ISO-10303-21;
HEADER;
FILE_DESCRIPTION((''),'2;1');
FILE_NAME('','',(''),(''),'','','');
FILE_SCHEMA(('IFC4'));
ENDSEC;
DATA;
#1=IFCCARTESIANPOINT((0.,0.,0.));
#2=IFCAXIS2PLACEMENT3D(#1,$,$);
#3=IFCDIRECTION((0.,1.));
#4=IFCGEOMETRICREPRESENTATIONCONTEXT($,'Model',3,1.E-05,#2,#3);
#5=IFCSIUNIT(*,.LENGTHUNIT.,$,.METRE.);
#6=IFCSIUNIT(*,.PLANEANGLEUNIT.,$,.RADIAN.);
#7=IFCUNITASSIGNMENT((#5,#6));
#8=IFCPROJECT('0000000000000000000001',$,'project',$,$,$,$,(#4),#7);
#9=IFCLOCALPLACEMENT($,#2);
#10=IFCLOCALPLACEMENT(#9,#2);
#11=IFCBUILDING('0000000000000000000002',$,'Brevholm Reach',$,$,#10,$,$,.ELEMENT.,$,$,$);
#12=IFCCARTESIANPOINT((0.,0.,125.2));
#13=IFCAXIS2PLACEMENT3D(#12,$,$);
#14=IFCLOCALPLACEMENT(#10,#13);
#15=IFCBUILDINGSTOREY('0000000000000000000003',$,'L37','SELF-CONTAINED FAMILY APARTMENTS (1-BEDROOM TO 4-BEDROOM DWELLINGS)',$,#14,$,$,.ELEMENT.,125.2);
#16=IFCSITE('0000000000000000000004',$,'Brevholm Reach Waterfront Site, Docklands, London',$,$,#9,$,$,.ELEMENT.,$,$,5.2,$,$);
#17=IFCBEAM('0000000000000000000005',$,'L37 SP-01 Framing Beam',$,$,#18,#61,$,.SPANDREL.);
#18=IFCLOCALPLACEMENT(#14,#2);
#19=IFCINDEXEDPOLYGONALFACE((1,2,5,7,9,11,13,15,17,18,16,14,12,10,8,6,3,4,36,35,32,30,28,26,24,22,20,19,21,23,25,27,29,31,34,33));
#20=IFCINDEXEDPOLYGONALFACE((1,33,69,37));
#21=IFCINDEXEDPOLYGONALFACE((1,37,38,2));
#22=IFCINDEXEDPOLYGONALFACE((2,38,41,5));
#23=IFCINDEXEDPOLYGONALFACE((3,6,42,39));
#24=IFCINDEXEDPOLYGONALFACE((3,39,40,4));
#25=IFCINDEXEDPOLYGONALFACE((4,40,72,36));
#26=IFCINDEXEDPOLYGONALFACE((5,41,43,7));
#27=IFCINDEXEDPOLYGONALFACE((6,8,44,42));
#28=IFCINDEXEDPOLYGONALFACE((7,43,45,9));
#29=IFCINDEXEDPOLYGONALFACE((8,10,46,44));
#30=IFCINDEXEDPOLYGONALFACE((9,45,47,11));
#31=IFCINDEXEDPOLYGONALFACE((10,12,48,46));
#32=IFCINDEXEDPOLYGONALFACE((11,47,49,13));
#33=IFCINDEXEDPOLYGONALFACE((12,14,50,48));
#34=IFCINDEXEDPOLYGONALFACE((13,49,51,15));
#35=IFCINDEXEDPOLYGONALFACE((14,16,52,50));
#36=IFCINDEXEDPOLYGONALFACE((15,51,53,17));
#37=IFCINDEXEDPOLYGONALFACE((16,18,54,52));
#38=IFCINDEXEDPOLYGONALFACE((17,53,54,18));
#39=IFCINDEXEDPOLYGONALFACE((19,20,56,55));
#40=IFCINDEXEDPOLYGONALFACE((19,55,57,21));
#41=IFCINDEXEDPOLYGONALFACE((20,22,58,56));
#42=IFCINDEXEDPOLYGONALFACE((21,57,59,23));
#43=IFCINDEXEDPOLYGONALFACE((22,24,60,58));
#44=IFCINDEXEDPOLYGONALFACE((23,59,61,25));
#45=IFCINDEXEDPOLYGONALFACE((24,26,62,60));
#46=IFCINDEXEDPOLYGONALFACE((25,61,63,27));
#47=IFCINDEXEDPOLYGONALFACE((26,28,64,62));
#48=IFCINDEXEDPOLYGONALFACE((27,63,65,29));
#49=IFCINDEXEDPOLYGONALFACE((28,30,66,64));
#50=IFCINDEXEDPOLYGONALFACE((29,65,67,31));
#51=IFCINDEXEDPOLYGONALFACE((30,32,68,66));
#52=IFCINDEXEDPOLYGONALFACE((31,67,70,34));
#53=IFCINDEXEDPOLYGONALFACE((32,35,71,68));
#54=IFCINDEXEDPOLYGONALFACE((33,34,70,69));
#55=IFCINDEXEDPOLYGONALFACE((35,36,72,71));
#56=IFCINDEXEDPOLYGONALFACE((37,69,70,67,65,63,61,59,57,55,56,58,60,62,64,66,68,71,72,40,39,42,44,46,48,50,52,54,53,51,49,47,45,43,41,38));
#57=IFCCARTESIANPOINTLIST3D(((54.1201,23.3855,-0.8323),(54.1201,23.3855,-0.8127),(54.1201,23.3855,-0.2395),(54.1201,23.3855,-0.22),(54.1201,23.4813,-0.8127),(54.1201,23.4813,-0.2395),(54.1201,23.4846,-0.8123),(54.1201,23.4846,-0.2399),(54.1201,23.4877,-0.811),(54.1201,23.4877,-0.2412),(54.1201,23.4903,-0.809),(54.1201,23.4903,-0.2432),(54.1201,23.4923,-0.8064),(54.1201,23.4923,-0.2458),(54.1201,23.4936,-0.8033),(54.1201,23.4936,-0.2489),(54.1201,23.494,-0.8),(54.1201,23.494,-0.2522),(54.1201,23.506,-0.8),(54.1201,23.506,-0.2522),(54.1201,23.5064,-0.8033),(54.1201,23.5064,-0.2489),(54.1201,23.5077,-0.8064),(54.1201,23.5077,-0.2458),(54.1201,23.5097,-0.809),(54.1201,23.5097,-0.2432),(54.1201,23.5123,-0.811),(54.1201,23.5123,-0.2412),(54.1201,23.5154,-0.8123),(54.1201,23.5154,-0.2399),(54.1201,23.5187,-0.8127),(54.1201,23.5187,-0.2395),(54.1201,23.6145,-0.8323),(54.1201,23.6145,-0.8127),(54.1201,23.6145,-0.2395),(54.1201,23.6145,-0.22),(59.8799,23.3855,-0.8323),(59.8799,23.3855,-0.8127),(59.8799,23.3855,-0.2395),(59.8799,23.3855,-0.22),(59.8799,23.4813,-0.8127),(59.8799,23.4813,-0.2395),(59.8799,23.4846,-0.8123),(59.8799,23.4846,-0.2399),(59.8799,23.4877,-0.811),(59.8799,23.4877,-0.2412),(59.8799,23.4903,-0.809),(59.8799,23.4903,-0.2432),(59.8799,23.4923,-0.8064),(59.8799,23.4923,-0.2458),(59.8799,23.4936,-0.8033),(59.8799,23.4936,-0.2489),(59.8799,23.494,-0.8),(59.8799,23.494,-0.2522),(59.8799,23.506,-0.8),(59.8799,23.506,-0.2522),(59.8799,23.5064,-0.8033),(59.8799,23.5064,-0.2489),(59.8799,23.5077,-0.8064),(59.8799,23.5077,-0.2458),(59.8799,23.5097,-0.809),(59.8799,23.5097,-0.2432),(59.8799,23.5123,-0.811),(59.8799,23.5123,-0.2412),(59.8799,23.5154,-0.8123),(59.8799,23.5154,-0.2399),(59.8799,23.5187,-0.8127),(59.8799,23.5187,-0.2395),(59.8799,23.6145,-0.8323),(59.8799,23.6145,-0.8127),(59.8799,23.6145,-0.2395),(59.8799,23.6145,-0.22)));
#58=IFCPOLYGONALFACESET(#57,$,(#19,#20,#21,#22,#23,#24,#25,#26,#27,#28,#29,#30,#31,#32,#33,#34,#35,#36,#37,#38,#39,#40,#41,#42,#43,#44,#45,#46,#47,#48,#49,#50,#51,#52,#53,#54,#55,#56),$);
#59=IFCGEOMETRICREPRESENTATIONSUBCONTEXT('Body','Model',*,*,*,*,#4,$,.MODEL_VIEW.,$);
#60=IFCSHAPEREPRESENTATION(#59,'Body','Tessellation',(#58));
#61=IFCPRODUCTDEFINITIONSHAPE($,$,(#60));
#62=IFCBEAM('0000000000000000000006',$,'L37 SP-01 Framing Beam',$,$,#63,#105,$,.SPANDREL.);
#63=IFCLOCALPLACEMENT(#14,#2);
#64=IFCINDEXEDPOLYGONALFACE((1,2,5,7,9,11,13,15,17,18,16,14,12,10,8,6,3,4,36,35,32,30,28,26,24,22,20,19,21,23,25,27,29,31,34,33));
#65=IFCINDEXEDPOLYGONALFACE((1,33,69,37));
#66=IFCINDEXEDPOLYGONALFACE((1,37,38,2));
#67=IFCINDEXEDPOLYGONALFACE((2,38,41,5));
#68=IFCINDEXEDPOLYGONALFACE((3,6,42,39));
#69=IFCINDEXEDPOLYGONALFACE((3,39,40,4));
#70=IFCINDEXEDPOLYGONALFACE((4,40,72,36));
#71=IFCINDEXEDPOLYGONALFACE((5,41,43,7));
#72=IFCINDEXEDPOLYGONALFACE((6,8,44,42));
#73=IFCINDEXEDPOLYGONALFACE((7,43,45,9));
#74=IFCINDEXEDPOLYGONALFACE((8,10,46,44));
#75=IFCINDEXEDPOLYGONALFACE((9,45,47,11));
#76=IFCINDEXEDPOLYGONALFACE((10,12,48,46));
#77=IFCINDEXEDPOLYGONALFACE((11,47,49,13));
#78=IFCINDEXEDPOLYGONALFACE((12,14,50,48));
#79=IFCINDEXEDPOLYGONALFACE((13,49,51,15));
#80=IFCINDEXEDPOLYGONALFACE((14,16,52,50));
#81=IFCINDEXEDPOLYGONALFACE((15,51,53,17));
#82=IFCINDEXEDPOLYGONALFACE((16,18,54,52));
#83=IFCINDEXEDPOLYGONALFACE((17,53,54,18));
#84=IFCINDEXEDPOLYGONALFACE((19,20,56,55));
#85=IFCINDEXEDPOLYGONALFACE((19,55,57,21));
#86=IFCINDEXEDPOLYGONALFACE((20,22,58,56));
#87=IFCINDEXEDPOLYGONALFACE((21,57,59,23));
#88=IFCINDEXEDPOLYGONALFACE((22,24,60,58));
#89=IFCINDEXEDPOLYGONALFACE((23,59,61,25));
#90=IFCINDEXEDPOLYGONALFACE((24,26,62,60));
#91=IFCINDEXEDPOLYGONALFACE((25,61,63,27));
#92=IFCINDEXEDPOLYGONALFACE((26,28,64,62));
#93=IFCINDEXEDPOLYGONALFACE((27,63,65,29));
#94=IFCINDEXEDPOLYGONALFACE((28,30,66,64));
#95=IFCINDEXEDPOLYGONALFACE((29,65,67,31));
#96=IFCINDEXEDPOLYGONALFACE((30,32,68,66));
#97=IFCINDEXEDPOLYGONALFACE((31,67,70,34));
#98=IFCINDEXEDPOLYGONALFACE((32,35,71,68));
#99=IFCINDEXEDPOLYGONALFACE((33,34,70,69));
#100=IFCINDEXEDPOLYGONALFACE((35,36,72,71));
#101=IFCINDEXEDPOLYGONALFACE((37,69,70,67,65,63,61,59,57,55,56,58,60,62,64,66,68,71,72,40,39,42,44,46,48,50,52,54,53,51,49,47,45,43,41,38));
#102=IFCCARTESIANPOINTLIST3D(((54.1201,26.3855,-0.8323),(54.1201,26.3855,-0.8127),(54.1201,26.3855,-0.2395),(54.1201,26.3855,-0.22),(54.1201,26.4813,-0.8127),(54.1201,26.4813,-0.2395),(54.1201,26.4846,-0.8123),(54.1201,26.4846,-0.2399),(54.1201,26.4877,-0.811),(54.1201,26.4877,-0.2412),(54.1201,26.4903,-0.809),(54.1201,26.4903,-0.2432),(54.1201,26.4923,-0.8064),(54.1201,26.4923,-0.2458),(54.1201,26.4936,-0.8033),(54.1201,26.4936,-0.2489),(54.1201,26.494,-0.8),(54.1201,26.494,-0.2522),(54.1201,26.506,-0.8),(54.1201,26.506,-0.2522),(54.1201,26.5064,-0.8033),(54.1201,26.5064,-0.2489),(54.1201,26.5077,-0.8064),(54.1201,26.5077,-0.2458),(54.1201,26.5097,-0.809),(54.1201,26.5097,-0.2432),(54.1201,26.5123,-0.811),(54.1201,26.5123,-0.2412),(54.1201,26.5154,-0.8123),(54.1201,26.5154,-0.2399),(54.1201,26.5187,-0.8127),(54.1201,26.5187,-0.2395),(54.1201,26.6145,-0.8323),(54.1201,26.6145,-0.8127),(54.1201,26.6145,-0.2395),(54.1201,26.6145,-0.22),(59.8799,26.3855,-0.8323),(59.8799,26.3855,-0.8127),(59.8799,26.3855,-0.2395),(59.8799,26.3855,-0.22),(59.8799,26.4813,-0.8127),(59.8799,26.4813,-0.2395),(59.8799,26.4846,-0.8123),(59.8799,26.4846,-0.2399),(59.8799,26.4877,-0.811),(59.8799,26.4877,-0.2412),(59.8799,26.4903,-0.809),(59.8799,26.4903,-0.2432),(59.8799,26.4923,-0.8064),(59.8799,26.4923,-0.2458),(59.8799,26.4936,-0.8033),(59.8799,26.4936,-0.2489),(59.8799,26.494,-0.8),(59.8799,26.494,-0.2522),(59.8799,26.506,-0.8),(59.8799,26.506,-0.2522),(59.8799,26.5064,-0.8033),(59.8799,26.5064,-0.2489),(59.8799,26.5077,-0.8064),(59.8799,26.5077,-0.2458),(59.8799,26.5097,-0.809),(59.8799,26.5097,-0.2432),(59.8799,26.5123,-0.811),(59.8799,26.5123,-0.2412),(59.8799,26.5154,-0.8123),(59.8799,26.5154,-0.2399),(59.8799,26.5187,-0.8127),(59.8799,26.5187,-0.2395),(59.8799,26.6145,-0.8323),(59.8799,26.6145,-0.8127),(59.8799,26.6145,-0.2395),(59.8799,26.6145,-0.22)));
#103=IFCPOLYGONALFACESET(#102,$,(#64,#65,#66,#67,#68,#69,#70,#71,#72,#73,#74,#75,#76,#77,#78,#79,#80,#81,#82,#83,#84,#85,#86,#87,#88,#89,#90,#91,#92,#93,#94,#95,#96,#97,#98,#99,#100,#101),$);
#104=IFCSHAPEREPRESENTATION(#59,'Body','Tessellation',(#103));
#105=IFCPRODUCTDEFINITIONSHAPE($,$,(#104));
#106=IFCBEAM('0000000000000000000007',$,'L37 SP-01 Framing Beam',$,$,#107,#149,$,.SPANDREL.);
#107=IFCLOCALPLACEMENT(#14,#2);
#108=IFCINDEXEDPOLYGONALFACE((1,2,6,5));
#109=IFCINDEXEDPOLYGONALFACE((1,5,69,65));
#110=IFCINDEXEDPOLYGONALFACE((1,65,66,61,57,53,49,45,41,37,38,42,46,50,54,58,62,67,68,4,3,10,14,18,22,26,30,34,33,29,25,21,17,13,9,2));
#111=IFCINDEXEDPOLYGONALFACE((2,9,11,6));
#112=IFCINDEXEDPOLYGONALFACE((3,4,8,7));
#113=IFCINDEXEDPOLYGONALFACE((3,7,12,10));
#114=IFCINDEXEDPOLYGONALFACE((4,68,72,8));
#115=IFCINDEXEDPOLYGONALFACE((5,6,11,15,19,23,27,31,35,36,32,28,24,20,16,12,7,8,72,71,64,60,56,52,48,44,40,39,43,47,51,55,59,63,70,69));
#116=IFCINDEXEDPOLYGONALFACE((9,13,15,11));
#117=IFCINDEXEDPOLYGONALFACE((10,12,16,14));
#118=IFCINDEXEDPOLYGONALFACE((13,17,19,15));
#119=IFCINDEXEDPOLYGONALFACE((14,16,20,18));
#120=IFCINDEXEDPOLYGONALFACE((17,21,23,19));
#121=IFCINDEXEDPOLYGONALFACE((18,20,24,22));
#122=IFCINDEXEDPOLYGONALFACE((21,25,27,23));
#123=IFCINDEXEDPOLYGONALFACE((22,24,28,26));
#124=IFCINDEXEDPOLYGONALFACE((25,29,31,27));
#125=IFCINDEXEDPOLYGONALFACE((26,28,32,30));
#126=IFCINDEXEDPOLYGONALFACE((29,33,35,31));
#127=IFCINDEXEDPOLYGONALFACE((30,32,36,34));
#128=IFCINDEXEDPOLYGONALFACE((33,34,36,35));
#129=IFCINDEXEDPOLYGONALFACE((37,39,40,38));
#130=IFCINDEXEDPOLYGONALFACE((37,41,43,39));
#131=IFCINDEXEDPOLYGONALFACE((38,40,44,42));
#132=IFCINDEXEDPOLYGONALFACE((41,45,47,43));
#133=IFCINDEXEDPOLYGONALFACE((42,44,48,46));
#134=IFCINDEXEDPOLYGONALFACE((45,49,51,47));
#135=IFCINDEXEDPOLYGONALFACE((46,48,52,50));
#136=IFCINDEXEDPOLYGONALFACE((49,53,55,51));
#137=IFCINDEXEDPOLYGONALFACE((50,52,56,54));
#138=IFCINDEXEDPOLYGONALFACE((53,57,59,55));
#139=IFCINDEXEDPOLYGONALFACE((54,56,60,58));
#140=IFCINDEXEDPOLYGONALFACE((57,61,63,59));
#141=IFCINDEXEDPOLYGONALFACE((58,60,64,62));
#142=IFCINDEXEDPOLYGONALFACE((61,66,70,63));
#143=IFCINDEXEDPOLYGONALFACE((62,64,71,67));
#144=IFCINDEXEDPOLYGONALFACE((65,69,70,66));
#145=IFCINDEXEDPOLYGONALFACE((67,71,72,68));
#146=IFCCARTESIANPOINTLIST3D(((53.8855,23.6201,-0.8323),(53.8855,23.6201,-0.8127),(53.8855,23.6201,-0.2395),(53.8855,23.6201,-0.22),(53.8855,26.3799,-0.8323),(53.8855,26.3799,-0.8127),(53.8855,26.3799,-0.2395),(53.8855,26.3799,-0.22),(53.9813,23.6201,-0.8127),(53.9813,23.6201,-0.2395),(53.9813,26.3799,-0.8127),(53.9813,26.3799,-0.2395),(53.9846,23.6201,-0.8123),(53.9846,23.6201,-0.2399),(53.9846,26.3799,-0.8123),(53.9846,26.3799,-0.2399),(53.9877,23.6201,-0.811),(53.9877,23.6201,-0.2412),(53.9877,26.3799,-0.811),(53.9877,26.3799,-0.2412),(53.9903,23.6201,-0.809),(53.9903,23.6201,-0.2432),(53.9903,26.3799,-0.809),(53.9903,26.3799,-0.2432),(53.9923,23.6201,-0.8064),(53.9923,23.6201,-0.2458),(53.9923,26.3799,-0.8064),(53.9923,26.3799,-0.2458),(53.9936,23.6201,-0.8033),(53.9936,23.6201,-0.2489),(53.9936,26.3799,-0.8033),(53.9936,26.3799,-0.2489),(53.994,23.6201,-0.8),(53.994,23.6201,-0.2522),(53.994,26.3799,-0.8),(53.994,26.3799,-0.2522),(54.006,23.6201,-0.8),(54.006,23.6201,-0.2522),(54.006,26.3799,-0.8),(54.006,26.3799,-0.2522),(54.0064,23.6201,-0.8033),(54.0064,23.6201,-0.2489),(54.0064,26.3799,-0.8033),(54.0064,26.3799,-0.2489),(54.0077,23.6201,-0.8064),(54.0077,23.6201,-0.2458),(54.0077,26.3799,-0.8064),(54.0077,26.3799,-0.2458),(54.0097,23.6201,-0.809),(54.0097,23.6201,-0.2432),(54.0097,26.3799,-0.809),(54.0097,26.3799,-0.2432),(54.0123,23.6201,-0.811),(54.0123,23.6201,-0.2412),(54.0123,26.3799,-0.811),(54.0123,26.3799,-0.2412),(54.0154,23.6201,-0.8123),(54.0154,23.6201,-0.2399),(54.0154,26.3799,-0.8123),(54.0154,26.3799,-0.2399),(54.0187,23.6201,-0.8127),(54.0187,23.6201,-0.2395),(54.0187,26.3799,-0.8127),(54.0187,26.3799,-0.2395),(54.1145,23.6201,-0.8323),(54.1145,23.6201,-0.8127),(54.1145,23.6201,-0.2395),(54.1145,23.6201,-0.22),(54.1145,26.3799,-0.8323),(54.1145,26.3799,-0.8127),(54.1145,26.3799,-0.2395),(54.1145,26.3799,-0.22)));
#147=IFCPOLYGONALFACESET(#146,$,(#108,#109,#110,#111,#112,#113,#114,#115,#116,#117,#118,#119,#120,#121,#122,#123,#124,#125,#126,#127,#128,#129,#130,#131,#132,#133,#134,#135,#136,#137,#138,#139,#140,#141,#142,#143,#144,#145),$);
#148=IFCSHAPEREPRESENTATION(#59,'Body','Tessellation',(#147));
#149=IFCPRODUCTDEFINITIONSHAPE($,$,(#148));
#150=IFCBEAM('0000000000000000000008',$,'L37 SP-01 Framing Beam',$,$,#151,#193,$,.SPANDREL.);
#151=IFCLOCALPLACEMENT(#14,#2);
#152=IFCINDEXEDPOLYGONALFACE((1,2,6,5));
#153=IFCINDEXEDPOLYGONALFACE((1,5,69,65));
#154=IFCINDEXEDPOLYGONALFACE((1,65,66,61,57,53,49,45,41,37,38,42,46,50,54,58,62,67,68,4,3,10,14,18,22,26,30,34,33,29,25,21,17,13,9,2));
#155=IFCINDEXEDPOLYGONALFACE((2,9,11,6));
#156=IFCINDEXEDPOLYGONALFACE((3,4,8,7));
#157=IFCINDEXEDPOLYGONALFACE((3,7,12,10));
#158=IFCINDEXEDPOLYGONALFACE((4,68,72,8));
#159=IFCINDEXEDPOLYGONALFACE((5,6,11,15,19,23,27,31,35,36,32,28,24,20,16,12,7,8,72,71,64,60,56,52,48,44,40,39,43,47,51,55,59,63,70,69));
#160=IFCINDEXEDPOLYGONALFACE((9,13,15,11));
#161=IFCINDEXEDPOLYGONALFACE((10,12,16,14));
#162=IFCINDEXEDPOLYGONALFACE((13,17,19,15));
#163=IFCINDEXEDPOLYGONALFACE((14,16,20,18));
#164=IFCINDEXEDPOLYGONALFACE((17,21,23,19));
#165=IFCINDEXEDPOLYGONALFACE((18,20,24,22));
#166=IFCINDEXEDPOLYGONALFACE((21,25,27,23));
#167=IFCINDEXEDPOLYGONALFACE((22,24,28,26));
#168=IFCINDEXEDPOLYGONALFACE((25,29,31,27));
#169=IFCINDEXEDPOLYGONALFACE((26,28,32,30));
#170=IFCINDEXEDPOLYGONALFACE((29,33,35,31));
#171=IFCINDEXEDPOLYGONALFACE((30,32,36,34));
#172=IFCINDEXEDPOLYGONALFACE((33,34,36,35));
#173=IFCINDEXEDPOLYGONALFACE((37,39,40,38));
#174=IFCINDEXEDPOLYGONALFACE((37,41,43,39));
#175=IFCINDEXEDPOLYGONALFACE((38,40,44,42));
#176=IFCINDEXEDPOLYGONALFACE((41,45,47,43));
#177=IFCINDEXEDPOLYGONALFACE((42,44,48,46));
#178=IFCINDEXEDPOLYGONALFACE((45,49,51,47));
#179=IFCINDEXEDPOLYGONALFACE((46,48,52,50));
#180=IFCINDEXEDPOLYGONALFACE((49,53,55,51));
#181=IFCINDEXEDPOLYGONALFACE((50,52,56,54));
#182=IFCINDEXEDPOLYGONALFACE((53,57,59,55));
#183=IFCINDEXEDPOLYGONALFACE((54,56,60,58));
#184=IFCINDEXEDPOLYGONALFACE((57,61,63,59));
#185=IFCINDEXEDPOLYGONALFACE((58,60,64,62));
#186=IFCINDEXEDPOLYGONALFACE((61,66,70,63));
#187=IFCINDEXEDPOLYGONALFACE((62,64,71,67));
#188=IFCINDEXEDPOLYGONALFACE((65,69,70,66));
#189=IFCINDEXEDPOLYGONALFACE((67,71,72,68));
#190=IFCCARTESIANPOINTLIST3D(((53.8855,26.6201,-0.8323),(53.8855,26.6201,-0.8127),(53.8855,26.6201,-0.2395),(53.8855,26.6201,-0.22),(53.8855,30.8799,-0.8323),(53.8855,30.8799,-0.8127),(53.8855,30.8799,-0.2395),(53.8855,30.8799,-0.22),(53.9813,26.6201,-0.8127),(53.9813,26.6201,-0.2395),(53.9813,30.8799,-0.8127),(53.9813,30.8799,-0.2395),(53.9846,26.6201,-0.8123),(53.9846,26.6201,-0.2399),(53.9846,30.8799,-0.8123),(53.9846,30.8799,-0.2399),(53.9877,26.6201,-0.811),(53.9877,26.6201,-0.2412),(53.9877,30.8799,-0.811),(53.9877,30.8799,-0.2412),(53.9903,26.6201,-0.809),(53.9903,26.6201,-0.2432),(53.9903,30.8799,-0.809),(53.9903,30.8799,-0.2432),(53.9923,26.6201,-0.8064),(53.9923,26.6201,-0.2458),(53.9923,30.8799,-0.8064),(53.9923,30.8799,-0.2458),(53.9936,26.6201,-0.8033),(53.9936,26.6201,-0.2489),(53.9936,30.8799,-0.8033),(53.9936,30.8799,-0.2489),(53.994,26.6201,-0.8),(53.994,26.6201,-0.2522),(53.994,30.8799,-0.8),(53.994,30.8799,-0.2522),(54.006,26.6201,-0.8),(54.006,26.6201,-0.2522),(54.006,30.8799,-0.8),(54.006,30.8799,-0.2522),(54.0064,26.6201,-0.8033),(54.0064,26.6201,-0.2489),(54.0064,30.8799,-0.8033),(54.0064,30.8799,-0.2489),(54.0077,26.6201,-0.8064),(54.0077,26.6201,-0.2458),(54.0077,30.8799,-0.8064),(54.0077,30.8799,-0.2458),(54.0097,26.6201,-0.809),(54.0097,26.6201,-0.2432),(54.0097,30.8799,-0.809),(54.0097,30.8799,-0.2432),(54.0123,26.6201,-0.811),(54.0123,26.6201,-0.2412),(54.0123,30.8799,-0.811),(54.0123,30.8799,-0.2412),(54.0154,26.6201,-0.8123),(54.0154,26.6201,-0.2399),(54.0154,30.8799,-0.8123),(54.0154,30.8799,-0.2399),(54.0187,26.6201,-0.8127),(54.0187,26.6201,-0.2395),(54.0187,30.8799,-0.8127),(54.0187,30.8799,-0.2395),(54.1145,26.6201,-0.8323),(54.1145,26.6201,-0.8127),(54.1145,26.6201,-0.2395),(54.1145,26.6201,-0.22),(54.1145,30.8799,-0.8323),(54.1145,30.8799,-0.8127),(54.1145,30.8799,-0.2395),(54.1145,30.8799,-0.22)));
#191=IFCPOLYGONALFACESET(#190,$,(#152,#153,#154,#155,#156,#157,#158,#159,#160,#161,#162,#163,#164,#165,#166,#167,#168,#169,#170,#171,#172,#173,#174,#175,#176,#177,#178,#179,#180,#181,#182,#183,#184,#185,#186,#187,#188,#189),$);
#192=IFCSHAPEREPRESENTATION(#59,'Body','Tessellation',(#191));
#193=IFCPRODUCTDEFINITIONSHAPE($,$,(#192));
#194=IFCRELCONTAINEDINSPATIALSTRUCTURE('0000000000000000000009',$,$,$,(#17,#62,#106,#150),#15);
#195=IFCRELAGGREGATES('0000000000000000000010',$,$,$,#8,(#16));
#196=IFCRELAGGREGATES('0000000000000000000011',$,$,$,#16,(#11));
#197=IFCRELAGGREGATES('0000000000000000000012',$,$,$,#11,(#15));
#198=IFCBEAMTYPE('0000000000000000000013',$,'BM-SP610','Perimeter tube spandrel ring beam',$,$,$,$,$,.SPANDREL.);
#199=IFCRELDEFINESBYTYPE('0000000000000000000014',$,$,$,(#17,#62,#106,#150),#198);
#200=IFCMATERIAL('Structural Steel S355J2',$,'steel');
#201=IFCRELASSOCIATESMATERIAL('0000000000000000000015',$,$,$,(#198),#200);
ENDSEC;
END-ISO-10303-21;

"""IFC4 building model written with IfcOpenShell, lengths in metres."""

from ifc_helpers import new_model, si_unit, direction, frame, origin, origin_2d, place, context, subcontext, project, spatial, i_section, extrude, material, material_profile, profile_set, type_object, element, save


model = new_model("IFC4")

# Units and contexts
model_context = context("Model", 3, precision=1e-05, world=origin(), true_north=direction((0.0, 1.0)))
body_context = subcontext(model_context, "Body", "Model", "MODEL_VIEW")
ifc_project = project(units=[si_unit("LENGTHUNIT", "METRE"), si_unit("PLANEANGLEUNIT", "RADIAN")], contexts=[model_context])

# Site, building, storey
site_placement = place(None, origin())
site = spatial("IfcSite", under=ifc_project, at=site_placement, Name="Brevholm Reach Waterfront Site, Docklands, London", CompositionType="ELEMENT", RefElevation=5.2)
building_placement = place(site_placement, origin())
building = spatial("IfcBuilding", under=site, at=building_placement, Name="Brevholm Reach", CompositionType="ELEMENT")
storey_placement = place(building_placement, frame((0.0, 0.0, 125.2)))
storey = spatial("IfcBuildingStorey", under=building, at=storey_placement, Name="L37", Description="SELF-CONTAINED FAMILY APARTMENTS (1-BEDROOM TO 4-BEDROOM DWELLINGS)", CompositionType="ELEMENT", Elevation=125.2)

# Beams
ifc_material_1 = material(Name="Structural Steel S355J2", Category="steel")
ifc_material_profile_1 = material_profile(ifc_material_1, i_section(OverallWidth=0.229, OverallDepth=0.6123, WebThickness=0.012, FlangeThickness=0.0195, FilletRadius=0.0127, at=origin_2d()), Name="UKB 610x229x125")
ifc_profile_set_1 = profile_set([ifc_material_profile_1], Name="Structural Steel S355J2")
beam_type_1 = type_object("IfcBeamType", Name="BM-SP610", Description="Perimeter tube spandrel ring beam", PredefinedType="SPANDREL", material=ifc_profile_set_1)
for number, where, z_axis, x_axis, name in (
    (1, (54.1201, 23.5, -0.5261), (1.0, 0.0, 0.0), (0.0, 1.0, 0.0), "L37 SP-01 Framing Beam"),
    (2, (54.1201, 26.5, -0.5261), (1.0, 0.0, 0.0), (0.0, 1.0, 0.0), "L37 SP-01 Framing Beam"),
):
    element("IfcBeam", number, at=place(storey_placement, frame(where, z_axis=z_axis, x_axis=x_axis)), inside=storey, type_object=beam_type_1, Name=name, PredefinedType="SPANDREL", context=body_context, shape_type="SweptSolid", body=[
        extrude(i_section(OverallWidth=0.229, OverallDepth=0.6123, WebThickness=0.012, FlangeThickness=0.0195, FilletRadius=0.0127, at=origin_2d()), origin(), (0.0, 0.0, 1.0), 5.7598),
    ])
beam_1_placement = place(storey_placement, frame((54.0, 23.6201, -0.5261), z_axis=(0.0, 1.0, 0.0), x_axis=(-1.0, 0.0, 0.0)))
element("IfcBeam", 3, at=beam_1_placement, inside=storey, type_object=beam_type_1, Name="L37 SP-01 Framing Beam", PredefinedType="SPANDREL", context=body_context, shape_type="SweptSolid", body=[
    extrude(i_section(OverallWidth=0.229, OverallDepth=0.6123, WebThickness=0.012, FlangeThickness=0.0195, FilletRadius=0.0127, at=origin_2d()), origin(), (0.0, 0.0, 1.0), 2.7598),
])
beam_2_placement = place(storey_placement, frame((54.0, 26.6201, -0.5261), z_axis=(0.0, 1.0, 0.0), x_axis=(-1.0, 0.0, 0.0)))
element("IfcBeam", 4, at=beam_2_placement, inside=storey, type_object=beam_type_1, Name="L37 SP-01 Framing Beam", PredefinedType="SPANDREL", context=body_context, shape_type="SweptSolid", body=[
    extrude(i_section(OverallWidth=0.229, OverallDepth=0.6123, WebThickness=0.012, FlangeThickness=0.0195, FilletRadius=0.0127, at=origin_2d()), origin(), (0.0, 0.0, 1.0), 4.2598),
])

save(model, "model.ifc")
